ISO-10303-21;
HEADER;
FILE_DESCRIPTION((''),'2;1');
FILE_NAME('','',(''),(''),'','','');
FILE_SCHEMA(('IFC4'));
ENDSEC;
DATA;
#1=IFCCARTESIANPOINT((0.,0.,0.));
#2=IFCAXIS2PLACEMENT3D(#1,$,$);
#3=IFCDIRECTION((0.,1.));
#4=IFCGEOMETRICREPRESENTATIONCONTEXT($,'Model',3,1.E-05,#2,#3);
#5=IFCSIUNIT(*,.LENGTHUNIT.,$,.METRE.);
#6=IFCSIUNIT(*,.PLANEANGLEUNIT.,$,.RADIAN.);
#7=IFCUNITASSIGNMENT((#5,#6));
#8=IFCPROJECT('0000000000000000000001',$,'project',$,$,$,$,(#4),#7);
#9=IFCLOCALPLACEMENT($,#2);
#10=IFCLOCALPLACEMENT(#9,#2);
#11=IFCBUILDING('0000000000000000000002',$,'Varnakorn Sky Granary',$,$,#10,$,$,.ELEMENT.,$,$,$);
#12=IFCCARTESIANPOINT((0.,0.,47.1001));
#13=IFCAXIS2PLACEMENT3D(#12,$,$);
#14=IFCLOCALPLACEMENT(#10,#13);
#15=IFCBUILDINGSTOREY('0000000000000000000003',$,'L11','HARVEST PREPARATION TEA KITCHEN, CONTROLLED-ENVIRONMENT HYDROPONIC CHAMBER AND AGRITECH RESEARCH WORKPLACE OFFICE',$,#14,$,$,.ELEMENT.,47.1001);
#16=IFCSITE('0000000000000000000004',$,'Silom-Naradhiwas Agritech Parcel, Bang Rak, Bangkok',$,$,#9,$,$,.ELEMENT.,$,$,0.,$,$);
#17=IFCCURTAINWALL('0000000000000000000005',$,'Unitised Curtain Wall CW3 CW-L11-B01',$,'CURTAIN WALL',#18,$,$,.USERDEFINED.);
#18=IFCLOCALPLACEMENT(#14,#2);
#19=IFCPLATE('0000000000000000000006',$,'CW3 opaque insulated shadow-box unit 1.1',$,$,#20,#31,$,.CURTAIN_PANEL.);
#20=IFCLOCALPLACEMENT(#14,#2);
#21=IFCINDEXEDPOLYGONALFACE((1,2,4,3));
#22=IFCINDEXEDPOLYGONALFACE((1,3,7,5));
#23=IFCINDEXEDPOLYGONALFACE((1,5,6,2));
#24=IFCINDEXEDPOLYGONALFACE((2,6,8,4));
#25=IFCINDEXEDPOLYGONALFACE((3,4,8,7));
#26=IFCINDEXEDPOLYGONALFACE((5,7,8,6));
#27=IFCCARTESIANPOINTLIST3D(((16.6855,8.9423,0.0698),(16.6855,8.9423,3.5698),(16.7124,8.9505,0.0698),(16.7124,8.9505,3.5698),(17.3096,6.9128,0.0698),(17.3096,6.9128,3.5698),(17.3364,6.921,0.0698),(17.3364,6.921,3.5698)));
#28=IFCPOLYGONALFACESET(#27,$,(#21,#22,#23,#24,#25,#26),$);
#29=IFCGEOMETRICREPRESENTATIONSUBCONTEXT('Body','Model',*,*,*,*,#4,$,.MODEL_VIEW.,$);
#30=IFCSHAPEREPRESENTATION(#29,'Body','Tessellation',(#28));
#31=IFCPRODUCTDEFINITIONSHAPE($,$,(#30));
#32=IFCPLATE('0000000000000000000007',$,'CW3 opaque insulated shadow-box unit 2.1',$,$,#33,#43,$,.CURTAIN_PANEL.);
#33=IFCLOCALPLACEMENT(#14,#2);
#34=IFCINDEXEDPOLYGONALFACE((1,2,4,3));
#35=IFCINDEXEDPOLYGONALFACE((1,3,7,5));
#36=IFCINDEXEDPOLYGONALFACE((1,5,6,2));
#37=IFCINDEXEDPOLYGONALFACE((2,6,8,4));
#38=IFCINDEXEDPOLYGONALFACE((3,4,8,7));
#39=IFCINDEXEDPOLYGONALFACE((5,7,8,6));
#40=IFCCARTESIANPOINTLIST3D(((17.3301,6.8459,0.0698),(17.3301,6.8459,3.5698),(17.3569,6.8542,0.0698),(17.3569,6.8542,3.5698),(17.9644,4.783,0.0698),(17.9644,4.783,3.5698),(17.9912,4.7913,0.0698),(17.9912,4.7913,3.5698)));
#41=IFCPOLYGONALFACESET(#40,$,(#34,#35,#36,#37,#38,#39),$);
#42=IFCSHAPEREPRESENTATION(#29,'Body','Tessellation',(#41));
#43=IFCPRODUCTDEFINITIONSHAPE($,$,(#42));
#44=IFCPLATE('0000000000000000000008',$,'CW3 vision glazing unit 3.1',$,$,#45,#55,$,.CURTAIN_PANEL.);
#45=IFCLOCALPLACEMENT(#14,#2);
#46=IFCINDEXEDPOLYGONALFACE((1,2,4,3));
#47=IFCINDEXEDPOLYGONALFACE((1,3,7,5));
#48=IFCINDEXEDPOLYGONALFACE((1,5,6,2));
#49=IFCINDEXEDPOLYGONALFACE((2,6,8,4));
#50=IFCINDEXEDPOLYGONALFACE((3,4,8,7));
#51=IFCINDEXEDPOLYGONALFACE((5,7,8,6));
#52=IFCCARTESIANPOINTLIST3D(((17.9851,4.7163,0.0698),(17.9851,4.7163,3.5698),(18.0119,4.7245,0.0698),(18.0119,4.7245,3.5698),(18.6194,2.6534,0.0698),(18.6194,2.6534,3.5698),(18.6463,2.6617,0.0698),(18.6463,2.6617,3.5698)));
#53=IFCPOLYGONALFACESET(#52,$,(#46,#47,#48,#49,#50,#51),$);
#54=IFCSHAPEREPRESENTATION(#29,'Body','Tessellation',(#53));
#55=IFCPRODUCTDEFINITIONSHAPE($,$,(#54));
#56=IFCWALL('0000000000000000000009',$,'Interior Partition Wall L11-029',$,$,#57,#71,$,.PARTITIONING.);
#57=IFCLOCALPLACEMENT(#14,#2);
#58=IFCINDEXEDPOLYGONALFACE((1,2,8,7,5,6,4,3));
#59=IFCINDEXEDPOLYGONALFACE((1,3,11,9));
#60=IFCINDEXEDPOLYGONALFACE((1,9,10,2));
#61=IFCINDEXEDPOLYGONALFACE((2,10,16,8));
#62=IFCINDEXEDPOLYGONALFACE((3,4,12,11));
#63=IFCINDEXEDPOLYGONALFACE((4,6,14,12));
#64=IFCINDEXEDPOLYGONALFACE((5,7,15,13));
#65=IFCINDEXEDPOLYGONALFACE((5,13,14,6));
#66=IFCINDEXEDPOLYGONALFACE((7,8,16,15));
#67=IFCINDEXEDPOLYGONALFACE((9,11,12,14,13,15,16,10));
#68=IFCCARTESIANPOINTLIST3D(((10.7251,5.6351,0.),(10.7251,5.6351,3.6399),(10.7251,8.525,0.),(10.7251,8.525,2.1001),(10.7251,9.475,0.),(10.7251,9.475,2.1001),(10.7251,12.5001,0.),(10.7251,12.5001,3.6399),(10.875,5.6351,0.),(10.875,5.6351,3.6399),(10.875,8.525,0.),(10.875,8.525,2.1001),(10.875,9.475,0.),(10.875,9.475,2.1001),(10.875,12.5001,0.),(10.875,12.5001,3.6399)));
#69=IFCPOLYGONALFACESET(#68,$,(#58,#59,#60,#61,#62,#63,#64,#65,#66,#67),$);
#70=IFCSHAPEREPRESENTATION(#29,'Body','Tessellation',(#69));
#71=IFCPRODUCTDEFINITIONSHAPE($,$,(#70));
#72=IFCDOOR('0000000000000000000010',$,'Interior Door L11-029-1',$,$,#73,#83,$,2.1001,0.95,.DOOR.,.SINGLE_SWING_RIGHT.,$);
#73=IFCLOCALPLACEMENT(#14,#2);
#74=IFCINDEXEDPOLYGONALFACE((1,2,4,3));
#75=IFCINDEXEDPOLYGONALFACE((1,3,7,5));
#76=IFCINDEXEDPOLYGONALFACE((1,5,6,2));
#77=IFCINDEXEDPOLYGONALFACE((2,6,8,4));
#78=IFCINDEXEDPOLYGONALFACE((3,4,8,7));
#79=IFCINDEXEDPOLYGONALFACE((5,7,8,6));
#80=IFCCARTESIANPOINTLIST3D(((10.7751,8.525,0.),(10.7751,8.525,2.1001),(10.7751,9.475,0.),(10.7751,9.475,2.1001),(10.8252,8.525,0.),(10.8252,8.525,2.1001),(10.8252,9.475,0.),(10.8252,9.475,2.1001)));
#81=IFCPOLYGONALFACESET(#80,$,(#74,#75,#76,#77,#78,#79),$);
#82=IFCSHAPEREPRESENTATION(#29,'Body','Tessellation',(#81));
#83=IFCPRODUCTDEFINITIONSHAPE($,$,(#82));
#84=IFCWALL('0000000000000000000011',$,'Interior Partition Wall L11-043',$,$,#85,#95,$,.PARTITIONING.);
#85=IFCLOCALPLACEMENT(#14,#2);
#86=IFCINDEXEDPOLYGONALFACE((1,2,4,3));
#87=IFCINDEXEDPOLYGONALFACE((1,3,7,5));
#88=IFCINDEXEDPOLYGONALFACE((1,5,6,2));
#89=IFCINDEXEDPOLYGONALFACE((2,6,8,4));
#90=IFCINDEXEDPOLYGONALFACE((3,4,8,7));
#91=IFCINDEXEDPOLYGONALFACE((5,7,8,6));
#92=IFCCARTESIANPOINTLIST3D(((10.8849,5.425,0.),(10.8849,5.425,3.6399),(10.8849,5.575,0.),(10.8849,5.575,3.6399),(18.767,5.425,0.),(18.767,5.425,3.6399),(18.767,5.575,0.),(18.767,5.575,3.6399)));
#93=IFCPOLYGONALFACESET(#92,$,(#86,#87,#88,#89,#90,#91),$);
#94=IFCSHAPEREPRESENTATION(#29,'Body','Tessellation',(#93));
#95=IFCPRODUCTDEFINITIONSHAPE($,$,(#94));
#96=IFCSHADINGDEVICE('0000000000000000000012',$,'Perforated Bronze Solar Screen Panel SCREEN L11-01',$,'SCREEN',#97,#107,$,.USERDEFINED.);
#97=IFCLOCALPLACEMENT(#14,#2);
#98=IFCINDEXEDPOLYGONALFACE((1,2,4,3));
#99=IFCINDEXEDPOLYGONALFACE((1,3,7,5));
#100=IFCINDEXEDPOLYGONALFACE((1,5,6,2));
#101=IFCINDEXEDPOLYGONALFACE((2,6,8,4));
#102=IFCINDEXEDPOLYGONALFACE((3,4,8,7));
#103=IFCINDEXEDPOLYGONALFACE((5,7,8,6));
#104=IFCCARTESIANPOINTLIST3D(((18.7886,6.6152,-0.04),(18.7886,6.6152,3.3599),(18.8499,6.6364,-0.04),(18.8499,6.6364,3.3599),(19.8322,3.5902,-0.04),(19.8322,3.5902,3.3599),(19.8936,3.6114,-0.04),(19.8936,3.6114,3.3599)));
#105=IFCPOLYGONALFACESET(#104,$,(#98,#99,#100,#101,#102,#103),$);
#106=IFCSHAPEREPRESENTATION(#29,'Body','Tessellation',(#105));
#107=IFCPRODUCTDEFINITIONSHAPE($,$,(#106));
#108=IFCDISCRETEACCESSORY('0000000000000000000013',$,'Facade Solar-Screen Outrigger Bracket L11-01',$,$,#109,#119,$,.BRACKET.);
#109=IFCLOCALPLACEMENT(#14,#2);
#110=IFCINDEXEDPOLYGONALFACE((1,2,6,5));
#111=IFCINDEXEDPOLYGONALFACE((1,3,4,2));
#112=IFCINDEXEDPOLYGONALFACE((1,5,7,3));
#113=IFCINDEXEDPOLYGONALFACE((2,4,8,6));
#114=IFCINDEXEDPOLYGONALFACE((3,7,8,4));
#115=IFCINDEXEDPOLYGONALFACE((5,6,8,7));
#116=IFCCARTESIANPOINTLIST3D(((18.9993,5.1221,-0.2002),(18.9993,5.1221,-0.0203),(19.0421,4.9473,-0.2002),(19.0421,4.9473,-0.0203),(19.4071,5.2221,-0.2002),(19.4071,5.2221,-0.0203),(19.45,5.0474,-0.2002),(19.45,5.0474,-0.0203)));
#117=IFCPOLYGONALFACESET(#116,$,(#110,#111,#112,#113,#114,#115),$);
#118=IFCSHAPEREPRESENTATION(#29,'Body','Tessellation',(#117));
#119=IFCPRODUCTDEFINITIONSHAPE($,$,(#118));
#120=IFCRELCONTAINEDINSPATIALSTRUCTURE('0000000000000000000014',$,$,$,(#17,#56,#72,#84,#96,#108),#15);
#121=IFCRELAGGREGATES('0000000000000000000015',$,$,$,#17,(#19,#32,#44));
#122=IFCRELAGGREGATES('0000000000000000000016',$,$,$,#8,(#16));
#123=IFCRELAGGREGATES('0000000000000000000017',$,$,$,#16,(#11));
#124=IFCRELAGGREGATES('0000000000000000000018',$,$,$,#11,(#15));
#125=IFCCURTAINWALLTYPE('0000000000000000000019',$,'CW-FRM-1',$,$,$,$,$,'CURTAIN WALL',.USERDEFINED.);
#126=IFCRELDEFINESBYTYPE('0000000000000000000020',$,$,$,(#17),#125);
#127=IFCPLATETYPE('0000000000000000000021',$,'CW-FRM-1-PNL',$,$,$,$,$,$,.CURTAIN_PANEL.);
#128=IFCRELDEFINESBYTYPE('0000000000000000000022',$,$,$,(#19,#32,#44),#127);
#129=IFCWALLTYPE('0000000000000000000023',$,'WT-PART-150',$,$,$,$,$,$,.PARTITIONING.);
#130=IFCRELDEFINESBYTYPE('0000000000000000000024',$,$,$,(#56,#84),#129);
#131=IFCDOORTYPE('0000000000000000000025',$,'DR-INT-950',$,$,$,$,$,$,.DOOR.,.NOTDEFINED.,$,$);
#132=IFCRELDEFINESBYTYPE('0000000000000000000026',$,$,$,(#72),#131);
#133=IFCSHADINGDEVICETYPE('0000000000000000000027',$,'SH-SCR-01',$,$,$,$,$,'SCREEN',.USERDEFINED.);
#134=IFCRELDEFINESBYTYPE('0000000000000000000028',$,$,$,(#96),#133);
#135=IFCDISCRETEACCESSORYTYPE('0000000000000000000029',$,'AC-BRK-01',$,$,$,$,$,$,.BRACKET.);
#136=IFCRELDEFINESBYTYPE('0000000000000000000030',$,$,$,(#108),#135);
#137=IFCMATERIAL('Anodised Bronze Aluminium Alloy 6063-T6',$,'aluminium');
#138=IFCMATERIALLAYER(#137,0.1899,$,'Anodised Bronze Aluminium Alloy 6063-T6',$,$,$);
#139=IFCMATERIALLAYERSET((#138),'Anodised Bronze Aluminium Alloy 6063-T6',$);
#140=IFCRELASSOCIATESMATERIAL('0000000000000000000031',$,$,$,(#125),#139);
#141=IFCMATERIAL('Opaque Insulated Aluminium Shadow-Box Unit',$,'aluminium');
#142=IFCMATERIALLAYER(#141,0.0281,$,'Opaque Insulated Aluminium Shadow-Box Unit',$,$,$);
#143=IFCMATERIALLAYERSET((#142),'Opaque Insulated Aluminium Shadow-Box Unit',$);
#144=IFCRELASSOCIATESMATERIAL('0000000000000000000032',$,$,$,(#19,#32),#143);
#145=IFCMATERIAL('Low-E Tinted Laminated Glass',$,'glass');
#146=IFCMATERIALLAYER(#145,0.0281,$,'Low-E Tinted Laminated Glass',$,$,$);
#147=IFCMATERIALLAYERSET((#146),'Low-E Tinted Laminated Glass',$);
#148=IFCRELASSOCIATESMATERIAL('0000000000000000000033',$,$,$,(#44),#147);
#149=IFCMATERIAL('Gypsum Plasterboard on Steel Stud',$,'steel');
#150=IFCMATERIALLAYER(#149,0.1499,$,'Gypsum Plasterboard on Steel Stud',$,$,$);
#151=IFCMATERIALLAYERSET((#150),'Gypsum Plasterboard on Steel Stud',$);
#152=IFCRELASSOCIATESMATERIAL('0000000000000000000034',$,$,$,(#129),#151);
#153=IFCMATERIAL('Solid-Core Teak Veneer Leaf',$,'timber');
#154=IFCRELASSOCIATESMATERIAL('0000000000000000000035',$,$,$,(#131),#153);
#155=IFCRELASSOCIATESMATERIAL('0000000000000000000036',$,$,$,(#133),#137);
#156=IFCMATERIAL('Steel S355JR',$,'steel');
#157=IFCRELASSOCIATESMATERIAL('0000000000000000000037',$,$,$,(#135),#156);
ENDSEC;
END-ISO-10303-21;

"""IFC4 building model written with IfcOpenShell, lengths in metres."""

from ifc_helpers import new_model, si_unit, direction, frame, frame_2d, origin, origin_2d, place, context, subcontext, project, spatial, rectangle, extrude, source, transform, mapped, material, layer, layer_set, type_object, type_shapes, element, fill, aggregate, save


model = new_model("IFC4")

# Units and contexts
model_context = context("Model", 3, precision=1e-05, world=origin(), true_north=direction((0.0, 1.0)))
body_context = subcontext(model_context, "Body", "Model", "MODEL_VIEW")
ifc_project = project(units=[si_unit("LENGTHUNIT", "METRE"), si_unit("PLANEANGLEUNIT", "RADIAN")], contexts=[model_context])

# Site, building, storey
site_placement = place(None, origin())
site = spatial("IfcSite", under=ifc_project, at=site_placement, Name="Silom-Naradhiwas Agritech Parcel, Bang Rak, Bangkok", CompositionType="ELEMENT", RefElevation=0.0)
building_placement = place(site_placement, origin())
building = spatial("IfcBuilding", under=site, at=building_placement, Name="Varnakorn Sky Granary", CompositionType="ELEMENT")
storey_placement = place(building_placement, frame((0.0, 0.0, 47.1001)))
storey = spatial("IfcBuildingStorey", under=building, at=storey_placement, Name="L11", Description="HARVEST PREPARATION TEA KITCHEN, CONTROLLED-ENVIRONMENT HYDROPONIC CHAMBER AND AGRITECH RESEARCH WORKPLACE OFFICE", CompositionType="ELEMENT", Elevation=47.1001)

# Shared definitions
ifc_material_1 = material(Name="Steel S355JR", Category="steel")

# Curtain wall
ifc_material_2 = material(Name="Anodised Bronze Aluminium Alloy 6063-T6", Category="aluminium")
ifc_layer_1 = layer(ifc_material_2, 0.1899, Name="Anodised Bronze Aluminium Alloy 6063-T6")
ifc_layer_set_1 = layer_set([ifc_layer_1], Name="Anodised Bronze Aluminium Alloy 6063-T6")
curtain_wall_type = type_object("IfcCurtainWallType", Name="CW-FRM-1", ElementType="CURTAIN WALL", PredefinedType="USERDEFINED", material=ifc_layer_set_1)
curtain_wall_1_placement = place(storey_placement, origin())
curtain_wall_1 = element("IfcCurtainWall", 1, at=curtain_wall_1_placement, inside=storey, type_object=curtain_wall_type, Name="Unitised Curtain Wall CW3 CW-L11-B01", ObjectType="CURTAIN WALL", PredefinedType="USERDEFINED")

# Plates
ifc_material_3 = material(Name="Opaque Insulated Aluminium Shadow-Box Unit", Category="aluminium")
ifc_layer_2 = layer(ifc_material_3, 0.0281, Name="Opaque Insulated Aluminium Shadow-Box Unit")
ifc_layer_set_2 = layer_set([ifc_layer_2], Name="Opaque Insulated Aluminium Shadow-Box Unit")
plate_type = type_object("IfcPlateType", Name="CW-FRM-1-PNL", PredefinedType="CURTAIN_PANEL")
shared_shape_1 = source(origin(), body_context, "Body", "SweptSolid", [
    extrude(rectangle(XDim=2.1233, YDim=0.0281, at=origin_2d()), origin(), (0.0, 0.0, 1.0), 3.5),
])
plate_1_placement = place(storey_placement, frame((17.011, 7.9316, 0.0698), z_axis=(0.0, 0.0, 1.0), x_axis=(0.293926, -0.955828, 0.0)))
plate_1 = element("IfcPlate", 2, at=plate_1_placement, type_object=plate_type, material=ifc_layer_set_2, Name="CW3 opaque insulated shadow-box unit 1.1", PredefinedType="CURTAIN_PANEL", context=body_context, shape_type="MappedRepresentation", body=[
    mapped(shared_shape_1, transform((0.0, 0.0, 0.0), x_axis=(1.0, 0.0, 0.0), y_axis=(0.0, 1.0, 0.0), z_axis=(0.0, 0.0, 1.0), scale=1.0)),
])
shared_shape_2 = source(origin(), body_context, "Body", "SweptSolid", [
    extrude(rectangle(XDim=2.1582, YDim=0.0281, at=origin_2d()), origin(), (0.0, 0.0, 1.0), 3.5),
])
type_shapes(plate_type, [shared_shape_1, shared_shape_2])
plate_2_placement = place(storey_placement, frame((17.6606, 5.8186, 0.0698), z_axis=(0.0, 0.0, 1.0), x_axis=(0.293926, -0.955828, 0.0)))
plate_2 = element("IfcPlate", 3, at=plate_2_placement, type_object=plate_type, material=ifc_layer_set_2, Name="CW3 opaque insulated shadow-box unit 2.1", PredefinedType="CURTAIN_PANEL", context=body_context, shape_type="MappedRepresentation", body=[
    mapped(shared_shape_2, transform((0.0, 0.0, 0.0), x_axis=(1.0, 0.0, 0.0), y_axis=(0.0, 1.0, 0.0), z_axis=(0.0, 0.0, 1.0), scale=1.0)),
])
ifc_material_4 = material(Name="Low-E Tinted Laminated Glass", Category="glass")
ifc_layer_3 = layer(ifc_material_4, 0.0281, Name="Low-E Tinted Laminated Glass")
ifc_layer_set_3 = layer_set([ifc_layer_3], Name="Low-E Tinted Laminated Glass")
plate_3_placement = place(storey_placement, frame((18.3157, 3.689, 0.0698), z_axis=(0.0, 0.0, 1.0), x_axis=(0.293926, -0.955828, 0.0)))
plate_3 = element("IfcPlate", 4, at=plate_3_placement, type_object=plate_type, material=ifc_layer_set_3, Name="CW3 vision glazing unit 3.1", PredefinedType="CURTAIN_PANEL", context=body_context, shape_type="MappedRepresentation", body=[
    mapped(shared_shape_2, transform((0.0, 0.0, 0.0), x_axis=(1.0, 0.0, 0.0), y_axis=(0.0, 1.0, 0.0), z_axis=(0.0, 0.0, 1.0), scale=1.0)),
])
aggregate(curtain_wall_1, [plate_1, plate_2, plate_3])

# Wall, opening, door
ifc_material_5 = material(Name="Gypsum Plasterboard on Steel Stud", Category="steel")
ifc_layer_4 = layer(ifc_material_5, 0.1499, Name="Gypsum Plasterboard on Steel Stud")
ifc_layer_set_4 = layer_set([ifc_layer_4], Name="Gypsum Plasterboard on Steel Stud")
wall_type = type_object("IfcWallType", Name="WT-PART-150", PredefinedType="PARTITIONING", material=ifc_layer_set_4)
wall_1_placement = place(storey_placement, frame((10.8, 5.635, 0.0), z_axis=(0.0, 0.0, 1.0), x_axis=(0.0, 1.0, 0.0)))
wall_1 = element("IfcWall", 5, at=wall_1_placement, inside=storey, type_object=wall_type, Name="Interior Partition Wall L11-029", PredefinedType="PARTITIONING", context=body_context, shape_type="SweptSolid", body=[
    extrude(rectangle(XDim=6.865, YDim=0.1499, at=frame_2d((3.4326, 0.0))), origin(), (0.0, 0.0, 1.0), 3.6399),
])
opening_placement = place(wall_1_placement, frame((2.8899, 0.0, 0.0)))
opening = element("IfcOpeningElement", 6, at=opening_placement, cuts=wall_1, PredefinedType="OPENING", context=body_context, shape_type="SweptSolid", body=[
    extrude(rectangle(XDim=0.95, YDim=2.1001, at=frame_2d((0.4751, 1.05))), frame((0.0, 0.085, 0.0), z_axis=(0.0, -1.0, 0.0), x_axis=(1.0, 0.0, 0.0)), (0.0, 0.0, 1.0), 0.1699),
])
ifc_material_6 = material(Name="Solid-Core Teak Veneer Leaf", Category="timber")
door_type = type_object("IfcDoorType", Name="DR-INT-950", OperationType="NOTDEFINED", PredefinedType="DOOR", material=ifc_material_6)
door_placement = place(opening_placement, origin())
door = element("IfcDoor", 7, at=door_placement, inside=storey, type_object=door_type, Name="Interior Door L11-029-1", OperationType="SINGLE_SWING_RIGHT", OverallHeight=2.1001, OverallWidth=0.95, PredefinedType="DOOR", context=body_context, shape_type="SweptSolid", body=[
    extrude(rectangle(XDim=0.95, YDim=2.1001, at=frame_2d((0.4751, 1.05))), frame((0.0, 0.0249, 0.0), z_axis=(0.0, -1.0, 0.0), x_axis=(1.0, 0.0, 0.0)), (0.0, 0.0, 1.0), 0.05),
])
fill(opening, door)

# Wall
wall_2_placement = place(storey_placement, frame((10.885, 5.5, 0.0), z_axis=(0.0, 0.0, 1.0), x_axis=(1.0, 0.0, 0.0)))
element("IfcWall", 8, at=wall_2_placement, inside=storey, type_object=wall_type, Name="Interior Partition Wall L11-043", PredefinedType="PARTITIONING", context=body_context, shape_type="SweptSolid", body=[
    extrude(rectangle(XDim=7.8821, YDim=0.1499, at=frame_2d((3.9409, 0.0))), origin(), (0.0, 0.0, 1.0), 3.6399),
])

# Shading device
shading_device_type = type_object("IfcShadingDeviceType", Name="SH-SCR-01", ElementType="SCREEN", PredefinedType="USERDEFINED", material=ifc_material_2)
shared_shape_3 = source(origin(), body_context, "Body", "SweptSolid", [
    extrude(rectangle(XDim=3.2, YDim=0.0649, at=origin_2d()), origin(), (0.0, 0.0, 1.0), 3.3999),
])
type_shapes(shading_device_type, [shared_shape_3])
shading_device_placement = place(storey_placement, frame((19.3411, 5.1133, -0.04), z_axis=(0.0, 0.0, 1.0), x_axis=(-0.326142, 0.945321, 0.0)))
element("IfcShadingDevice", 9, at=shading_device_placement, inside=storey, type_object=shading_device_type, Name="Perforated Bronze Solar Screen Panel SCREEN L11-01", ObjectType="SCREEN", PredefinedType="USERDEFINED", context=body_context, shape_type="MappedRepresentation", body=[
    mapped(shared_shape_3, transform((0.0, 0.0, 0.0), x_axis=(1.0, 0.0, 0.0), y_axis=(0.0, 1.0, 0.0), z_axis=(0.0, 0.0, 1.0), scale=1.0)),
])

# Discrete accessory
discrete_accessory_type = type_object("IfcDiscreteAccessoryType", Name="AC-BRK-01", PredefinedType="BRACKET", material=ifc_material_1)
shared_shape_4 = source(origin(), body_context, "Body", "SweptSolid", [
    extrude(rectangle(XDim=0.1799, YDim=0.4199, at=origin_2d()), origin(), (0.0, 0.0, 1.0), 0.1799),
])
type_shapes(discrete_accessory_type, [shared_shape_4])
discrete_accessory_placement = place(storey_placement, frame((19.2246, 5.0847, -0.2002), z_axis=(0.0, 0.0, 1.0), x_axis=(-0.238275, 0.971198, 0.0)))
element("IfcDiscreteAccessory", 10, at=discrete_accessory_placement, inside=storey, type_object=discrete_accessory_type, Name="Facade Solar-Screen Outrigger Bracket L11-01", PredefinedType="BRACKET", context=body_context, shape_type="MappedRepresentation", body=[
    mapped(shared_shape_4, transform((0.0, 0.0, 0.0), x_axis=(1.0, 0.0, 0.0), y_axis=(0.0, 1.0, 0.0), z_axis=(0.0, 0.0, 1.0), scale=1.0)),
])

save(model, "model.ifc")
